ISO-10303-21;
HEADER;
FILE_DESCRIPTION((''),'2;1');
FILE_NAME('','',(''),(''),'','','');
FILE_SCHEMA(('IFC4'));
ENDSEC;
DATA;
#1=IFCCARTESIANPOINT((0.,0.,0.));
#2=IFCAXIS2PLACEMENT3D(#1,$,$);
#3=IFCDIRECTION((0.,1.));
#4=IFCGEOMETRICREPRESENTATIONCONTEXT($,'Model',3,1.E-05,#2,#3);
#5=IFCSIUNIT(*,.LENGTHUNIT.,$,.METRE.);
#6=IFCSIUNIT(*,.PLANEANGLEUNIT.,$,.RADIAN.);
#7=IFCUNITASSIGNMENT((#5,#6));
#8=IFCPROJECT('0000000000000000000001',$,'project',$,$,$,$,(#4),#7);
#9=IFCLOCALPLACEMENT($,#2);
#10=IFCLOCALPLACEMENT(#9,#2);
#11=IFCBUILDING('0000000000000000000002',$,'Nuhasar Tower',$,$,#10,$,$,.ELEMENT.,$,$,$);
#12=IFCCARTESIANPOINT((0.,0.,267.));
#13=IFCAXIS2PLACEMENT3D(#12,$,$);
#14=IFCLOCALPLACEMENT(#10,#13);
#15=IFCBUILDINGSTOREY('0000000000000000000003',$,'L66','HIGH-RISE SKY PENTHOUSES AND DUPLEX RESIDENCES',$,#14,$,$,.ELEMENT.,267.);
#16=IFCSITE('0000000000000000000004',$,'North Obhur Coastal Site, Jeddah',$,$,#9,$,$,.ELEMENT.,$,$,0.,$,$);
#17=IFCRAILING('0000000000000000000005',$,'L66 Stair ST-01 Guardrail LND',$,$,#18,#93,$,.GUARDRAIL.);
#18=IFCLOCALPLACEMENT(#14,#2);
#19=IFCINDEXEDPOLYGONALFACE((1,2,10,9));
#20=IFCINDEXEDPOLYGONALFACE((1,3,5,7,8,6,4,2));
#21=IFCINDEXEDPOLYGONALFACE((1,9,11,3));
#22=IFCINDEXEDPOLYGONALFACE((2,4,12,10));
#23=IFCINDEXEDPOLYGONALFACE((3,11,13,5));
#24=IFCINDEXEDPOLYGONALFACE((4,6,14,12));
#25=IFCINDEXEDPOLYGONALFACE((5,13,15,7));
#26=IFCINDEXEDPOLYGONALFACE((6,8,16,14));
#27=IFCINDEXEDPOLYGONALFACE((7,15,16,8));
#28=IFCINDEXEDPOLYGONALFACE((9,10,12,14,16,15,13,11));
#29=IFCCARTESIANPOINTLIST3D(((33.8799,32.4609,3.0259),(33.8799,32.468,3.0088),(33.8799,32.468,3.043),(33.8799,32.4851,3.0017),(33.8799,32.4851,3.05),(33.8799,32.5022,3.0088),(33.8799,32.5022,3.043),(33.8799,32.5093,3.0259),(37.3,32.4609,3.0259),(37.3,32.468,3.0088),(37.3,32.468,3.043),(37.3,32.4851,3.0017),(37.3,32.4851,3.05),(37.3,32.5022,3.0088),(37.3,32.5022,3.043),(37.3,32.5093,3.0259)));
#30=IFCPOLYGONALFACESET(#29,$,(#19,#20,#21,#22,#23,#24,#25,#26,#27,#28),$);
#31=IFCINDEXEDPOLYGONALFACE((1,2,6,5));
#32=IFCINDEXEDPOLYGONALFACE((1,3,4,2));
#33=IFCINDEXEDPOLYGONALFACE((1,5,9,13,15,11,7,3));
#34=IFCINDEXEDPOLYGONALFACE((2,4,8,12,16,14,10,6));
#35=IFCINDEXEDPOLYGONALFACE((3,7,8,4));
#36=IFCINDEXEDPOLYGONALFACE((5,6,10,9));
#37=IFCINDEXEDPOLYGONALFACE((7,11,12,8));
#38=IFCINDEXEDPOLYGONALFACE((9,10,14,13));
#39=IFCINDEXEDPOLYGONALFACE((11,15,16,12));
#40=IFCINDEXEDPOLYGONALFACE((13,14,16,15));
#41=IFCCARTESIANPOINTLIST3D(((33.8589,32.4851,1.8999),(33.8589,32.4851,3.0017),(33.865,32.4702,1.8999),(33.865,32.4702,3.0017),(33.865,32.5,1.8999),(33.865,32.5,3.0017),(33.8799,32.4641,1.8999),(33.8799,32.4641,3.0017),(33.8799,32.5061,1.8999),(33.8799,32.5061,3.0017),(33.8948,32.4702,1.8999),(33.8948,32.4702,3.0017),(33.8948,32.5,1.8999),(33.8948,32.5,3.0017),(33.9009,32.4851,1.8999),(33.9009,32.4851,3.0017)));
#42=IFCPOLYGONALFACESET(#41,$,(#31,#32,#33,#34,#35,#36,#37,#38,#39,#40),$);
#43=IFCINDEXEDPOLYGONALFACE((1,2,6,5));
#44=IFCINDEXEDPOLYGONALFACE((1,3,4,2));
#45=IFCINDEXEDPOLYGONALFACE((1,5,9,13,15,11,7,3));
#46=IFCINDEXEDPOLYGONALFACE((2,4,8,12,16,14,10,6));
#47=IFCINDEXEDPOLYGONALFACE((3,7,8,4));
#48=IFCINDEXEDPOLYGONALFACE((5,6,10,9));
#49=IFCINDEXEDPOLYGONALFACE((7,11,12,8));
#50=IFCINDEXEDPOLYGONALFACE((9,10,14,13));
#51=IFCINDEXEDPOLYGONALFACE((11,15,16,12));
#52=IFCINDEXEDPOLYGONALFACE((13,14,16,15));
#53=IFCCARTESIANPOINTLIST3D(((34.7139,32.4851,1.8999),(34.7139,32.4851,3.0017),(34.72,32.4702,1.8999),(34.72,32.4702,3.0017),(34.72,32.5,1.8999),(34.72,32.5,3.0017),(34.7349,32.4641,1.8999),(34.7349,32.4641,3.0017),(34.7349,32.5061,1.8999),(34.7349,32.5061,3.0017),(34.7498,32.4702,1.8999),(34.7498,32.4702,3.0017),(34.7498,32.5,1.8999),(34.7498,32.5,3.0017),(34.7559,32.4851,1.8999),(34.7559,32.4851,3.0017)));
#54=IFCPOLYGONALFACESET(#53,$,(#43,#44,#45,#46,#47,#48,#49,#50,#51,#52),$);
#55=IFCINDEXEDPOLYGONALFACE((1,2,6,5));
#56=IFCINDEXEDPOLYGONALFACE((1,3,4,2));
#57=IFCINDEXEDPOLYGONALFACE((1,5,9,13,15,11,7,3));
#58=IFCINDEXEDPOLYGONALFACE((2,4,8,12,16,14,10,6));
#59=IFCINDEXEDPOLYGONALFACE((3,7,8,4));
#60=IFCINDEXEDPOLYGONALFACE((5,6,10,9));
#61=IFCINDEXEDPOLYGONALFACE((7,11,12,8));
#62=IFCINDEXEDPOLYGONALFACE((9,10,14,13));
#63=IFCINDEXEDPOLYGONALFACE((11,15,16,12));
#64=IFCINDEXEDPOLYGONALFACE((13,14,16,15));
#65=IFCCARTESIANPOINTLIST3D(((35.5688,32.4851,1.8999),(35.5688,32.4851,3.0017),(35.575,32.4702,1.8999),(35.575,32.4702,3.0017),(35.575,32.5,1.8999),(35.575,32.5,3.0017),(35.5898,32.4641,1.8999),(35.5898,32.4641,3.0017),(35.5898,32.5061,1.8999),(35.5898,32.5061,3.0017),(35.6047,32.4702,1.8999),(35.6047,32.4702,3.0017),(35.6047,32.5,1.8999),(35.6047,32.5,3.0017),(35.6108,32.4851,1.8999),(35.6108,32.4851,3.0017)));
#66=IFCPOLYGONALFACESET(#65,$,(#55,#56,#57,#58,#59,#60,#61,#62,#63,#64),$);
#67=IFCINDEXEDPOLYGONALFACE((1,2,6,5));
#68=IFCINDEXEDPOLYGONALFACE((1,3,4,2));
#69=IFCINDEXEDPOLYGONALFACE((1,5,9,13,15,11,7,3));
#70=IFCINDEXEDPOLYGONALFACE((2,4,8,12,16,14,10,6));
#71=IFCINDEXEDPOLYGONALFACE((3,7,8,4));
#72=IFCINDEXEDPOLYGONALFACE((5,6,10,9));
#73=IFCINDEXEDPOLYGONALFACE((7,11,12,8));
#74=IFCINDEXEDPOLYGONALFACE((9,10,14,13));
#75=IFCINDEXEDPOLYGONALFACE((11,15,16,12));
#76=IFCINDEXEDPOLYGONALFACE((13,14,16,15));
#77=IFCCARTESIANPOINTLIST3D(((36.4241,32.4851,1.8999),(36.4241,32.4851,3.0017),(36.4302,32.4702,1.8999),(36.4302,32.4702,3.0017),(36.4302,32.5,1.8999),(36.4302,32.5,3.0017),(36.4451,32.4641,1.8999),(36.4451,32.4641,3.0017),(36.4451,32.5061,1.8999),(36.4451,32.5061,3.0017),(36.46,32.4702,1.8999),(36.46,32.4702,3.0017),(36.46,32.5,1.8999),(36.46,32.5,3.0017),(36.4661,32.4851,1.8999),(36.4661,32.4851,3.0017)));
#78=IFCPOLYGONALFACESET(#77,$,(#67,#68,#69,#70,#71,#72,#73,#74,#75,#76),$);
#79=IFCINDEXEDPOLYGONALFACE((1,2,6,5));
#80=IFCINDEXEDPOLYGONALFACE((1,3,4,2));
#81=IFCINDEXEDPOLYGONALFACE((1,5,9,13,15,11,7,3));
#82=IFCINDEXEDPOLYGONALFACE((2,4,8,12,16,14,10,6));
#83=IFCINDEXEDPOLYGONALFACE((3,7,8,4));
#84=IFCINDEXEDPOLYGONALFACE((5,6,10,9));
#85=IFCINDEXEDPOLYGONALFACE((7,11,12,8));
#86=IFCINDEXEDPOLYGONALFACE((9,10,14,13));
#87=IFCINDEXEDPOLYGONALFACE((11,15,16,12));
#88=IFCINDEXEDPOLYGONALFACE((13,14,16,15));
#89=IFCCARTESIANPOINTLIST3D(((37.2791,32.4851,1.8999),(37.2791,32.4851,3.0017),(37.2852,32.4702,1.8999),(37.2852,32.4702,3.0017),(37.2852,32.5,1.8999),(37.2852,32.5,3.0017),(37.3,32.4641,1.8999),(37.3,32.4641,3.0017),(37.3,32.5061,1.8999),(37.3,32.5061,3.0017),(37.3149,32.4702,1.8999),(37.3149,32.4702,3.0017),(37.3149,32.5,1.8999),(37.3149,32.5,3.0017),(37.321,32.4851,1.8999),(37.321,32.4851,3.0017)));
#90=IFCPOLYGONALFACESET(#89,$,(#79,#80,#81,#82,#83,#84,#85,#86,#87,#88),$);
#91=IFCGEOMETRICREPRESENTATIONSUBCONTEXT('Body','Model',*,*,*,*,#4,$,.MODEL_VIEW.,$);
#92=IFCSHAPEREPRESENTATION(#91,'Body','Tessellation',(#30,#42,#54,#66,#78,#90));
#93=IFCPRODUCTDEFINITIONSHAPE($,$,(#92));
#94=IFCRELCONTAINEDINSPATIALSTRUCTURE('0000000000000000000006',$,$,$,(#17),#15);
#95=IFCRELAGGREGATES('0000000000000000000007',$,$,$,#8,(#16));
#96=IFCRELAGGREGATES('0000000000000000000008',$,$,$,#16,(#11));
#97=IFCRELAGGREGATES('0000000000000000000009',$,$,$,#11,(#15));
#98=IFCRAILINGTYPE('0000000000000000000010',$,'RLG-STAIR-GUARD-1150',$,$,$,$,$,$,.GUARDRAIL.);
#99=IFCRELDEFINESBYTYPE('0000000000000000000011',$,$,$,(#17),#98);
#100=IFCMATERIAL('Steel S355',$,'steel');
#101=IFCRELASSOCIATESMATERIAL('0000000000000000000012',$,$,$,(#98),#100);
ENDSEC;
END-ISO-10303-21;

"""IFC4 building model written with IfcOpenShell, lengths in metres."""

from ifc_helpers import new_model, si_unit, direction, frame, origin, place, context, subcontext, project, spatial, polyline, outline, extrude, material, type_object, element, save


model = new_model("IFC4")

# Units and contexts
model_context = context("Model", 3, precision=1e-05, world=origin(), true_north=direction((0.0, 1.0)))
body_context = subcontext(model_context, "Body", "Model", "MODEL_VIEW")
ifc_project = project(units=[si_unit("LENGTHUNIT", "METRE"), si_unit("PLANEANGLEUNIT", "RADIAN")], contexts=[model_context])

# Site, building, storey
site_placement = place(None, origin())
site = spatial("IfcSite", under=ifc_project, at=site_placement, Name="North Obhur Coastal Site, Jeddah", CompositionType="ELEMENT", RefElevation=0.0)
building_placement = place(site_placement, origin())
building = spatial("IfcBuilding", under=site, at=building_placement, Name="Nuhasar Tower", CompositionType="ELEMENT")
storey_placement = place(building_placement, frame((0.0, 0.0, 267.0)))
storey = spatial("IfcBuildingStorey", under=building, at=storey_placement, Name="L66", Description="HIGH-RISE SKY PENTHOUSES AND DUPLEX RESIDENCES", CompositionType="ELEMENT", Elevation=267.0)

# Shared definitions
ifc_material_1 = material(Name="Steel S355", Category="steel")

# Railing
railing_type_1 = type_object("IfcRailingType", Name="RLG-STAIR-GUARD-1150", PredefinedType="GUARDRAIL", material=ifc_material_1)
railing_1_placement = place(storey_placement, frame((33.8799, 32.4851, 1.8999)))
element("IfcRailing", 1, at=railing_1_placement, inside=storey, type_object=railing_type_1, Name="L66 Stair ST-01 Guardrail LND", PredefinedType="GUARDRAIL", context=body_context, shape_type="SweptSolid", body=[
    extrude(outline(polyline([(0.0242, 0.0), (0.0171, 0.0171), (0.0, 0.0242), (-0.0171, 0.0171), (-0.0242, 0.0), (-0.0171, -0.0171), (0.0, -0.0242), (0.0171, -0.0171), (0.0242, 0.0)])), frame((0.0, 0.0, 1.126), z_axis=(1.0, 0.0, 0.0), x_axis=(0.0, 1.0, 0.0)), (0.0, 0.0, 1.0), 3.4202),
    extrude(outline(polyline([(0.021, 0.0), (0.0149, 0.0149), (0.0, 0.021), (-0.0149, 0.0149), (-0.021, 0.0), (-0.0149, -0.0149), (0.0, -0.021), (0.0149, -0.0149), (0.021, 0.0)])), origin(), (0.0, 0.0, 1.0), 1.1018),
    extrude(outline(polyline([(0.021, 0.0), (0.0149, 0.0149), (0.0, 0.021), (-0.0149, 0.0149), (-0.021, 0.0), (-0.0149, -0.0149), (0.0, -0.021), (0.0149, -0.0149), (0.021, 0.0)])), frame((0.855, 0.0, 0.0)), (0.0, 0.0, 1.0), 1.1018),
    extrude(outline(polyline([(0.021, 0.0), (0.0149, 0.0149), (0.0, 0.021), (-0.0149, 0.0149), (-0.021, 0.0), (-0.0149, -0.0149), (0.0, -0.021), (0.0149, -0.0149), (0.021, 0.0)])), frame((1.71, 0.0, 0.0)), (0.0, 0.0, 1.0), 1.1018),
    extrude(outline(polyline([(0.021, 0.0), (0.0149, 0.0149), (0.0, 0.021), (-0.0149, 0.0149), (-0.021, 0.0), (-0.0149, -0.0149), (0.0, -0.021), (0.0149, -0.0149), (0.021, 0.0)])), frame((2.5652, 0.0, 0.0)), (0.0, 0.0, 1.0), 1.1018),
    extrude(outline(polyline([(0.021, 0.0), (0.0149, 0.0149), (0.0, 0.021), (-0.0149, 0.0149), (-0.021, 0.0), (-0.0149, -0.0149), (0.0, -0.021), (0.0149, -0.0149), (0.021, 0.0)])), frame((3.4202, 0.0, 0.0)), (0.0, 0.0, 1.0), 1.1018),
])

save(model, "model.ifc")
